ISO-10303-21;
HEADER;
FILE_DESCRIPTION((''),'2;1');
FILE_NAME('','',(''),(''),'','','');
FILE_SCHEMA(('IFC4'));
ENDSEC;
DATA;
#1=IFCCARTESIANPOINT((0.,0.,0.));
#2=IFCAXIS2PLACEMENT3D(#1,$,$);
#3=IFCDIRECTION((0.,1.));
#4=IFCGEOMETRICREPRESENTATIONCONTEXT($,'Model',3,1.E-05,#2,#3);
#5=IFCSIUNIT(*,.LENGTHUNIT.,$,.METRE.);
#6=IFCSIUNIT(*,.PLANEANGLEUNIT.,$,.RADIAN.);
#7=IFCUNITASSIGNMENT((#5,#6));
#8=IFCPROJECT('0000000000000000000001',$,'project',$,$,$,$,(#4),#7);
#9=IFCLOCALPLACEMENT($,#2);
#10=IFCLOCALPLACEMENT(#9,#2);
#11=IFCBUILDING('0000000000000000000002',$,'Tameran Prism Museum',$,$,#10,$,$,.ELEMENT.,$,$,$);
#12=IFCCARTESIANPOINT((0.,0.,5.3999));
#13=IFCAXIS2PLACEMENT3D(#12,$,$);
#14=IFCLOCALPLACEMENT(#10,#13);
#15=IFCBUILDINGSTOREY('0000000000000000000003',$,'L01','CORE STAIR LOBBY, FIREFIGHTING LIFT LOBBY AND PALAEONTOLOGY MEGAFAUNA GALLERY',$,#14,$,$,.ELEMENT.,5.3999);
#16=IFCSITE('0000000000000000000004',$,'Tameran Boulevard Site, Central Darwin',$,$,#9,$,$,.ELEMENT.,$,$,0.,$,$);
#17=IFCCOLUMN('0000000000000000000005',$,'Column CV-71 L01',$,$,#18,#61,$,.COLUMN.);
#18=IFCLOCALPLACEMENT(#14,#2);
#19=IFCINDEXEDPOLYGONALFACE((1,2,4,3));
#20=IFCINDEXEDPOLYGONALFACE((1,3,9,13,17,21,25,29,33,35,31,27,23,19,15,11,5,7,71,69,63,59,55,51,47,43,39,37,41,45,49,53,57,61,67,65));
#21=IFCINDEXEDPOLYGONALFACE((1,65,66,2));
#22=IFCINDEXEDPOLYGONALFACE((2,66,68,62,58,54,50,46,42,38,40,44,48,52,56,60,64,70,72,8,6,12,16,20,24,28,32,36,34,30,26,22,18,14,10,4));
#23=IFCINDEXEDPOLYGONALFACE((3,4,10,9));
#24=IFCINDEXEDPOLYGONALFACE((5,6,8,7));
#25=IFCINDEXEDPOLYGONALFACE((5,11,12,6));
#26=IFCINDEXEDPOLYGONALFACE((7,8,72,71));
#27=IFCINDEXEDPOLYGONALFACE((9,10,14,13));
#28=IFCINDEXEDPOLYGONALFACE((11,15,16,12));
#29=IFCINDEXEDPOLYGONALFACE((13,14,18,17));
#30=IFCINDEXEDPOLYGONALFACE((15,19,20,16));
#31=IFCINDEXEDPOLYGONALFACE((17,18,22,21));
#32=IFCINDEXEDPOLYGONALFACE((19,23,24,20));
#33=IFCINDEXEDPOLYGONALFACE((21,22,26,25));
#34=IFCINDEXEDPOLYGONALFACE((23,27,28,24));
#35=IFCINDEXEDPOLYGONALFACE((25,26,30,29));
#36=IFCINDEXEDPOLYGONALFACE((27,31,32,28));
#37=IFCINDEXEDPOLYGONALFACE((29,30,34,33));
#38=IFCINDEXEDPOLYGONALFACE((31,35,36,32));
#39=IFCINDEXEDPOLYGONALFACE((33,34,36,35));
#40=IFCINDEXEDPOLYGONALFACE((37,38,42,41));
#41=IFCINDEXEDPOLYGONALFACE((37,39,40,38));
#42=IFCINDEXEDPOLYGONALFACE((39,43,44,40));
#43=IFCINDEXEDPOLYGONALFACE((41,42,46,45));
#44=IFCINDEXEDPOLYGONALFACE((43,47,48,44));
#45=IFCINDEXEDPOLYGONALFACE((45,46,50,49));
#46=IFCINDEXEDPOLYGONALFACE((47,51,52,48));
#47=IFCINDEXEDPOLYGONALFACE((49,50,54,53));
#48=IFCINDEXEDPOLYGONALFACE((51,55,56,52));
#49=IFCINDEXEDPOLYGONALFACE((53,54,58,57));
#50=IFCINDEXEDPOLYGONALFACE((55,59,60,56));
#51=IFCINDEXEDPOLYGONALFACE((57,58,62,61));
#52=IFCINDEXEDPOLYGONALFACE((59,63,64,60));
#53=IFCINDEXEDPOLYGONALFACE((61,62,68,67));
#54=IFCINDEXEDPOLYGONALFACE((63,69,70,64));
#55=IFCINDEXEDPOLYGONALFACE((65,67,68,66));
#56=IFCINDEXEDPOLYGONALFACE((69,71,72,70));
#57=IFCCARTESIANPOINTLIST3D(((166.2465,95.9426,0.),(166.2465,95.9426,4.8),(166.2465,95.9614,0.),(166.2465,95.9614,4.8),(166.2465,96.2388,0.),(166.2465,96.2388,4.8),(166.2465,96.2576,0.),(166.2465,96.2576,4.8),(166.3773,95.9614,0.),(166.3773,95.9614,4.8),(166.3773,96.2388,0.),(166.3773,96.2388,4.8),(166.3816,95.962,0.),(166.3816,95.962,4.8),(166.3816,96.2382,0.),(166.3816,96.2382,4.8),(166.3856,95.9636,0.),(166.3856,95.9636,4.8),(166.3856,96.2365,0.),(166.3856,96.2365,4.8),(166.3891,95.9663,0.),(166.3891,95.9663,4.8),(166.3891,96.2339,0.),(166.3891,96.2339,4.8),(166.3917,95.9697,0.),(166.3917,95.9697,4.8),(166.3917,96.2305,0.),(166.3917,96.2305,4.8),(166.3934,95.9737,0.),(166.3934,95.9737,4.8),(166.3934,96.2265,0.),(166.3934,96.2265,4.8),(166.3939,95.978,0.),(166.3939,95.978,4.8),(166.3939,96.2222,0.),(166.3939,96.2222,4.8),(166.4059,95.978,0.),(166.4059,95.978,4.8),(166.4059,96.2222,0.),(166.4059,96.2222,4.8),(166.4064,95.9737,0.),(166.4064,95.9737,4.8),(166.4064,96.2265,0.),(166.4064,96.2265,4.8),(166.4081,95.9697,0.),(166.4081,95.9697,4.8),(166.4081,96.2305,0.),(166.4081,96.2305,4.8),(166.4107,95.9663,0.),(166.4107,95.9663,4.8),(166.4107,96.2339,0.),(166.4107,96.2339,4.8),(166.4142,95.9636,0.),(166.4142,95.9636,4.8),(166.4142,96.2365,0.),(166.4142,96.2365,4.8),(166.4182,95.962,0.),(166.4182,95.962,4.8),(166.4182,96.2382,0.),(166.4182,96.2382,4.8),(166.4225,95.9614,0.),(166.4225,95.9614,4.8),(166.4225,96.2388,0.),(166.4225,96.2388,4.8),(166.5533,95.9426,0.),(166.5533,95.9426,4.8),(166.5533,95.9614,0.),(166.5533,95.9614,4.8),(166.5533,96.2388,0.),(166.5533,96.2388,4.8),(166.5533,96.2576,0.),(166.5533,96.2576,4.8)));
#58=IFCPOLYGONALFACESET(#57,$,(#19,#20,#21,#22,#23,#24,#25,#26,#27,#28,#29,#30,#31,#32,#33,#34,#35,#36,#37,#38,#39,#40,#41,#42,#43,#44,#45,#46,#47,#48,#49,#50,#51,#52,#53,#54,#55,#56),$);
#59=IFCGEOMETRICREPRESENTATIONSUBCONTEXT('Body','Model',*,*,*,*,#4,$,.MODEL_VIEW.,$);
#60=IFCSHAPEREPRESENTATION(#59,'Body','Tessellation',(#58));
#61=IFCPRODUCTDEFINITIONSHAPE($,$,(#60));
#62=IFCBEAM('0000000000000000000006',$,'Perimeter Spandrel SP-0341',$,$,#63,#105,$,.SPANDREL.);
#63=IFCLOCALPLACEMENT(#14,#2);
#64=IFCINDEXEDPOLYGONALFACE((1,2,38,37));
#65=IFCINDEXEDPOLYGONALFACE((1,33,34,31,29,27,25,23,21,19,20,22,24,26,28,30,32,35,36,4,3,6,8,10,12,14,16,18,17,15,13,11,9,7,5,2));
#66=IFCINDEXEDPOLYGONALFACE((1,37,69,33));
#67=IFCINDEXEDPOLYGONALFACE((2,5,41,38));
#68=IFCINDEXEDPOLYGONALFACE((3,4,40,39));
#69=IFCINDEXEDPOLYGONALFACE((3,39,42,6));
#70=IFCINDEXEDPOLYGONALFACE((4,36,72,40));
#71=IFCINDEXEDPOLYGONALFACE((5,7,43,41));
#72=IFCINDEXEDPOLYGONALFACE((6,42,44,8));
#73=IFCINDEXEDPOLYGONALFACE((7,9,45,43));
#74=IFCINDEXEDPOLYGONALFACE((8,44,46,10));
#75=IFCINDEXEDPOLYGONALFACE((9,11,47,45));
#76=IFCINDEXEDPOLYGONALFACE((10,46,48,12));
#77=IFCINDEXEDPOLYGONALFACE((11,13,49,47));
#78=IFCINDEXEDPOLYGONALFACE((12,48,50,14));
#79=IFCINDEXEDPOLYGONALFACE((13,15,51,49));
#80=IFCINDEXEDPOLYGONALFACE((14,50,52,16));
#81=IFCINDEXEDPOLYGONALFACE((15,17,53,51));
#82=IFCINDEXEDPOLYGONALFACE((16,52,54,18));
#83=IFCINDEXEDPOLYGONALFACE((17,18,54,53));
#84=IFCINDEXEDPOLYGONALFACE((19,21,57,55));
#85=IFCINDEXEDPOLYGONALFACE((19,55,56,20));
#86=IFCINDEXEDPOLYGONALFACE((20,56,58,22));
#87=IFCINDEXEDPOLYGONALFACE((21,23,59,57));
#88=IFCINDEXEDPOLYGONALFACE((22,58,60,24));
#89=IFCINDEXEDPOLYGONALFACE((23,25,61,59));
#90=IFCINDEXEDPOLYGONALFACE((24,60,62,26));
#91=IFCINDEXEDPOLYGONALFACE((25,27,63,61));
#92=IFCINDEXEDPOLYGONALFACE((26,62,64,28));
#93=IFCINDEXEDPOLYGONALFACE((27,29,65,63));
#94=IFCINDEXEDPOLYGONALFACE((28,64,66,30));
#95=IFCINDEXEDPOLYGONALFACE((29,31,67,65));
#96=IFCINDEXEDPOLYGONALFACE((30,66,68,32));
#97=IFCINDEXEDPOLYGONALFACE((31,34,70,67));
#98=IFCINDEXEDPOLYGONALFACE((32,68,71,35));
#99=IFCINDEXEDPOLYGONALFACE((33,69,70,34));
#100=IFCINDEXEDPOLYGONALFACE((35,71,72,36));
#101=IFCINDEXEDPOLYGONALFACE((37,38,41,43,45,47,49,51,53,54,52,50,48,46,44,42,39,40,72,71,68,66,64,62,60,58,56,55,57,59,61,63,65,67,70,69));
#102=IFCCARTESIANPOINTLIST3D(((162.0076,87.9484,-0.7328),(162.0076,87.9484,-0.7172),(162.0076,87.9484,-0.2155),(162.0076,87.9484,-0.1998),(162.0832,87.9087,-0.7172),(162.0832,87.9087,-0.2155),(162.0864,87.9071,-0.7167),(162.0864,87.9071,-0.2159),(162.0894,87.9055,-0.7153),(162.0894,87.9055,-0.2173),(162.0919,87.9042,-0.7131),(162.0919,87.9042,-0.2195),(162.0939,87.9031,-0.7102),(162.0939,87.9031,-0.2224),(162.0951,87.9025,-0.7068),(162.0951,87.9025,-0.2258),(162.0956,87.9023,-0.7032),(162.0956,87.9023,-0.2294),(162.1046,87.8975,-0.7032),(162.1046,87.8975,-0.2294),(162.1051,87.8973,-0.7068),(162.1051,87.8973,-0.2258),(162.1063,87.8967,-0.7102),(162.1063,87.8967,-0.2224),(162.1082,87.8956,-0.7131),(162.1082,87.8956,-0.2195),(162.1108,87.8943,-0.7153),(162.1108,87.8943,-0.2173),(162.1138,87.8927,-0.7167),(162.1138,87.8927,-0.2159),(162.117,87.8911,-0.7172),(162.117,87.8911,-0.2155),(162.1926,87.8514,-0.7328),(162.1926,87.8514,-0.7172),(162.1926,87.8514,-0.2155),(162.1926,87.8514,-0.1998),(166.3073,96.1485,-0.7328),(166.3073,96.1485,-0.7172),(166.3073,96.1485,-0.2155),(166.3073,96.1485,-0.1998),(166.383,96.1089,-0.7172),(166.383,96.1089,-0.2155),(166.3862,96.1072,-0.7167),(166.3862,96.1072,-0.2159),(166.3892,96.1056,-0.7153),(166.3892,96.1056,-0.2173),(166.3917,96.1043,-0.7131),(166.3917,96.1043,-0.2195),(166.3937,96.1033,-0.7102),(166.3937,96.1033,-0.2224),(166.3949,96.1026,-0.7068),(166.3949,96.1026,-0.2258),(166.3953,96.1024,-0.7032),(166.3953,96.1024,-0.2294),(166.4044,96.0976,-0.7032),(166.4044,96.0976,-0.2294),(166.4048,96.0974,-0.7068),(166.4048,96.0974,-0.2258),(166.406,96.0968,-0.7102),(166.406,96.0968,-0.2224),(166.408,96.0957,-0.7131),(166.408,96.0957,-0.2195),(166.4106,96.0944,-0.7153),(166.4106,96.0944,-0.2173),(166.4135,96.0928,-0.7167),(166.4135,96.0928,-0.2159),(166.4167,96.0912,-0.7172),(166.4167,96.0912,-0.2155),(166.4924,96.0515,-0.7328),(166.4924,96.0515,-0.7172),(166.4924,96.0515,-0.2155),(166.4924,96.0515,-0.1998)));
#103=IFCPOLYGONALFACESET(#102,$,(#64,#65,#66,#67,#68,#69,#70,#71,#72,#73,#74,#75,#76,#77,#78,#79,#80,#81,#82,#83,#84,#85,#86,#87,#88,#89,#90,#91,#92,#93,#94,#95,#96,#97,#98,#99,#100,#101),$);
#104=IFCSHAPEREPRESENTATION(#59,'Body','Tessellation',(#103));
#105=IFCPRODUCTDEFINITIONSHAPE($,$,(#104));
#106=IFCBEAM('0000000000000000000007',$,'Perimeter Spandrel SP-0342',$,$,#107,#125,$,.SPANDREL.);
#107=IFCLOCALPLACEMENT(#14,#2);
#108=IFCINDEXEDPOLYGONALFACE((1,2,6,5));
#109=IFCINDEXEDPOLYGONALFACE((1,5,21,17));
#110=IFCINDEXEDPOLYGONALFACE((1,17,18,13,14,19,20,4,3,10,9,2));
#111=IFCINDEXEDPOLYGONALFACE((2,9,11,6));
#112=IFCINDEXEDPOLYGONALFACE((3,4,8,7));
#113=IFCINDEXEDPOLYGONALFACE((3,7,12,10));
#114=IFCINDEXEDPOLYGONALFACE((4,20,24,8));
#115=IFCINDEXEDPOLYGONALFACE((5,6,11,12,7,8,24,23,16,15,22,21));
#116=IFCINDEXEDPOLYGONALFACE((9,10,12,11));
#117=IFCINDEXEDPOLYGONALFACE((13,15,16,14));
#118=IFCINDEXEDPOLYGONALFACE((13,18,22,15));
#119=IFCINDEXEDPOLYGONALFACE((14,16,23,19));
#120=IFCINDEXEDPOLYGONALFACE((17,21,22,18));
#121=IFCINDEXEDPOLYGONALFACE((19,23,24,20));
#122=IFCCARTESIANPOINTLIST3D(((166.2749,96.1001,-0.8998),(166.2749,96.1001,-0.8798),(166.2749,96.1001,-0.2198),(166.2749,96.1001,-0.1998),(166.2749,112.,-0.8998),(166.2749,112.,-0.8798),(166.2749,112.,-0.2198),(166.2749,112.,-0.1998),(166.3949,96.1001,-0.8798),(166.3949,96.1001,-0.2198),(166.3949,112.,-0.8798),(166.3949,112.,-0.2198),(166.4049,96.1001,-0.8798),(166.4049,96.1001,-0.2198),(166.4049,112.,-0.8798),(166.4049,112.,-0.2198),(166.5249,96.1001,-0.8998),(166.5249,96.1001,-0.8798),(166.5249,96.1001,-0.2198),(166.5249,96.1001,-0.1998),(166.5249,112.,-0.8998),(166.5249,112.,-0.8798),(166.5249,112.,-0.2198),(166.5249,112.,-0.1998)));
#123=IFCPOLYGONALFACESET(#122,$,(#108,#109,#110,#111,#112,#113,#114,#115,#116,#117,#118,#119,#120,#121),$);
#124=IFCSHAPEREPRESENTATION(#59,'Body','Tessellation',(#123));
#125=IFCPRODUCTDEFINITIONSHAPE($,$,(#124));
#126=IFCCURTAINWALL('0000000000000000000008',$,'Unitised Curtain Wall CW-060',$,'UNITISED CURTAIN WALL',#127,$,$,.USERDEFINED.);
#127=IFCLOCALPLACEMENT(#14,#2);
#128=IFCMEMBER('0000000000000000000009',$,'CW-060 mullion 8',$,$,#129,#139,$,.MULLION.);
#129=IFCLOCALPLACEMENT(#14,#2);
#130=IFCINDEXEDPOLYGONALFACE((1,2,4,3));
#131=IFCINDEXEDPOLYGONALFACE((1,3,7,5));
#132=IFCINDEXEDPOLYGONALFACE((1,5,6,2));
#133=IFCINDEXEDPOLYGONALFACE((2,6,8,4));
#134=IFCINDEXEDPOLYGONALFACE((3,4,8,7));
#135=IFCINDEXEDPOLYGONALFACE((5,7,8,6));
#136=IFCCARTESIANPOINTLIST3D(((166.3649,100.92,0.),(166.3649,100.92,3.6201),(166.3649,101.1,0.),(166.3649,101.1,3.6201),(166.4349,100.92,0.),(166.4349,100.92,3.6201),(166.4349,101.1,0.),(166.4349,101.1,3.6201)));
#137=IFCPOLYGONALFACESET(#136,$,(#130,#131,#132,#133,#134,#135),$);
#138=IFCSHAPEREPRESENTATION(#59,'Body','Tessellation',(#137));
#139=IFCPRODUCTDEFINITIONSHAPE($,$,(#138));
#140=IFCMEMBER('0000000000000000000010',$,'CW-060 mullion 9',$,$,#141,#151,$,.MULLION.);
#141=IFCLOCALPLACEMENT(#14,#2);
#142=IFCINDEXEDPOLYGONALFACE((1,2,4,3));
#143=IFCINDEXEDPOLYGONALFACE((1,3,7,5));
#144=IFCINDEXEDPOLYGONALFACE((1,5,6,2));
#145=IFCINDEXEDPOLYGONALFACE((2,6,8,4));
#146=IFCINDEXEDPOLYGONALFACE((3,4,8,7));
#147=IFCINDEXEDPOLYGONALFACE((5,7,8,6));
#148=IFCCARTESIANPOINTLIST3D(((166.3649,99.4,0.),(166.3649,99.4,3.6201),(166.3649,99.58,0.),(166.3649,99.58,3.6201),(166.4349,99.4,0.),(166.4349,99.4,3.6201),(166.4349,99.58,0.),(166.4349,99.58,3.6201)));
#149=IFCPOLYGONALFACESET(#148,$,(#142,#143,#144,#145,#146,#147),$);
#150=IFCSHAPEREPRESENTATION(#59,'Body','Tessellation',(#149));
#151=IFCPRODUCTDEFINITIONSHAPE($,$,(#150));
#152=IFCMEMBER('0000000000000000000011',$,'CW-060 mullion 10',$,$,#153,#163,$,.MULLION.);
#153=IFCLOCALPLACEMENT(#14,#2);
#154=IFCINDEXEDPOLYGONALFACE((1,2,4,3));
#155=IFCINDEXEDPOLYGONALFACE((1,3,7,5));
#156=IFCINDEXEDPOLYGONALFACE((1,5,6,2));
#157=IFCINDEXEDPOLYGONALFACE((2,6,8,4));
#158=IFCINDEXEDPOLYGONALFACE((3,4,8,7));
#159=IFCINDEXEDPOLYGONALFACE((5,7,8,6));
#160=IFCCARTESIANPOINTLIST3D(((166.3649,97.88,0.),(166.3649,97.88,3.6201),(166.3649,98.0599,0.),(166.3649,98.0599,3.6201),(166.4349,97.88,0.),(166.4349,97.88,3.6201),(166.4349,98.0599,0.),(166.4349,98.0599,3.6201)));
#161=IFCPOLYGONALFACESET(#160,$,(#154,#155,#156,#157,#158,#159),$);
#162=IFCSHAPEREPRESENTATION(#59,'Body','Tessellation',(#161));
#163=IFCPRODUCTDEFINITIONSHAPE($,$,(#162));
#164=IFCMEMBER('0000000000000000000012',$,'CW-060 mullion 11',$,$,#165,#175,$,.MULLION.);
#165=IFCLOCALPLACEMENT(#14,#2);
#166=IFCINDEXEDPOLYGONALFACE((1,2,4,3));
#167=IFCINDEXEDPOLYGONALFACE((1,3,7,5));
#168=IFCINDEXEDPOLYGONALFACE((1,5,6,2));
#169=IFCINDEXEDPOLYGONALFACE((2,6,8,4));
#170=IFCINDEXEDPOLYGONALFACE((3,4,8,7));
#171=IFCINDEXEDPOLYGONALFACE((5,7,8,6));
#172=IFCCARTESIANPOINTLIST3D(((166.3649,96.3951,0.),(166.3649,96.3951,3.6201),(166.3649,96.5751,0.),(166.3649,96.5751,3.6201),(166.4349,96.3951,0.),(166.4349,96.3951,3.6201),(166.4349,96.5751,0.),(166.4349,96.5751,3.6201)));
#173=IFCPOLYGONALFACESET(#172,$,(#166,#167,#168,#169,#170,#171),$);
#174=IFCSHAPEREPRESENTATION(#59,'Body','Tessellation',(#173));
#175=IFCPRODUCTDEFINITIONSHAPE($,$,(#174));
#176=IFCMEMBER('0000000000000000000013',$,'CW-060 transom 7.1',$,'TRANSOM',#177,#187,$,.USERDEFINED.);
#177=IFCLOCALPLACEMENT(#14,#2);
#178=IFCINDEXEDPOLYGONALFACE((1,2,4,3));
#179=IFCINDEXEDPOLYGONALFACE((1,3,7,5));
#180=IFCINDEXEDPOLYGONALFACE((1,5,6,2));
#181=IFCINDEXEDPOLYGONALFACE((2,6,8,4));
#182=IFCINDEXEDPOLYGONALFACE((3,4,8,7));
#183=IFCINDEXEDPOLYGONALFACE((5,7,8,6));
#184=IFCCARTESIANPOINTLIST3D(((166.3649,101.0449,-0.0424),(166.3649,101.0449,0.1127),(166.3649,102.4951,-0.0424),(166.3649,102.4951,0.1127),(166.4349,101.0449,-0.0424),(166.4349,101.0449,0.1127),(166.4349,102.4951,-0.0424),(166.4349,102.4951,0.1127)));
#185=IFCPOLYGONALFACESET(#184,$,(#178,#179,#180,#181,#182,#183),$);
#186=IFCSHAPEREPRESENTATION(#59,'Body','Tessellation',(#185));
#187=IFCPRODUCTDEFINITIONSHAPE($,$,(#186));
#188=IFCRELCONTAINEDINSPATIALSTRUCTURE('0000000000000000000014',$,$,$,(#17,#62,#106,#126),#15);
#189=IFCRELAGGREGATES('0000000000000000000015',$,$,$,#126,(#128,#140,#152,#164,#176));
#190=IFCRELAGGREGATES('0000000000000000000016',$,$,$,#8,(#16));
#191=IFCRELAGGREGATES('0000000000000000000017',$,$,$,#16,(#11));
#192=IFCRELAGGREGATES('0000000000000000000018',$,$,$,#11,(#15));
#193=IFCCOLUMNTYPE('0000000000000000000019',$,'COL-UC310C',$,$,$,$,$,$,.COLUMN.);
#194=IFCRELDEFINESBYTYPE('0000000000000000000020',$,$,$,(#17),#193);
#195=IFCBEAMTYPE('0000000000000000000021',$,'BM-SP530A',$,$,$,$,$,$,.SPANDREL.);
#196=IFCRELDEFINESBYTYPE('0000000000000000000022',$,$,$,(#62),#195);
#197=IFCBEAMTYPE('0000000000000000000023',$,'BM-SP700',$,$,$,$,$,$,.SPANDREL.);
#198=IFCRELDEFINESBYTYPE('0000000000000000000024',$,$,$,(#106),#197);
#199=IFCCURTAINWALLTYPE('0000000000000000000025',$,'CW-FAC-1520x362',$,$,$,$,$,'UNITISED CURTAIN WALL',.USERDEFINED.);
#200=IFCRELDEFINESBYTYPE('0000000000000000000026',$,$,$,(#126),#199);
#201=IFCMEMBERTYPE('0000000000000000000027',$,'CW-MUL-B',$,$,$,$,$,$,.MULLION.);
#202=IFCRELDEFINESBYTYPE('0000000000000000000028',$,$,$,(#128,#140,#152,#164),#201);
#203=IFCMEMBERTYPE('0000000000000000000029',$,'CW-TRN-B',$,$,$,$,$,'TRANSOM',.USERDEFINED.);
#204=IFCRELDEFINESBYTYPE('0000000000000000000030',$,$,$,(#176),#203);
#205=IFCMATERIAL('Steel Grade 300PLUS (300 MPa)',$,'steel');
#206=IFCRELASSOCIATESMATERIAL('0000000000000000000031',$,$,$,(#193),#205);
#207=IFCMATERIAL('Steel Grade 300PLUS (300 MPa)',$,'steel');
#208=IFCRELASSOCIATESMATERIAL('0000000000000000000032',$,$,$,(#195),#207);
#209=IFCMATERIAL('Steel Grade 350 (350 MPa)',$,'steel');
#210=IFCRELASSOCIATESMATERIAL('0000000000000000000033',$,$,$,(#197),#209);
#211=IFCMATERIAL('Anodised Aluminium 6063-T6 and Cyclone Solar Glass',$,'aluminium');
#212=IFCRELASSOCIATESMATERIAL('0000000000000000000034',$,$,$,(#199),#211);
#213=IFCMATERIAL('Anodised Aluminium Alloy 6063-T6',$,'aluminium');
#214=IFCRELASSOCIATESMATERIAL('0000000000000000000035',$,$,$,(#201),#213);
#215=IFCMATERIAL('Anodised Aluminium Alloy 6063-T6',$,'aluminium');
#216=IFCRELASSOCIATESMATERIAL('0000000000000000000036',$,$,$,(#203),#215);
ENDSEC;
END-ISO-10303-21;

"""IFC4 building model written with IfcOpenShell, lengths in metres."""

from ifc_helpers import new_model, si_unit, direction, frame, origin, origin_2d, place, context, subcontext, project, spatial, rectangle, i_section, extrude, material, material_profile, profile_set, type_object, element, aggregate, save


model = new_model("IFC4")

# Units and contexts
model_context = context("Model", 3, precision=1e-05, world=origin(), true_north=direction((0.0, 1.0)))
body_context = subcontext(model_context, "Body", "Model", "MODEL_VIEW")
ifc_project = project(units=[si_unit("LENGTHUNIT", "METRE"), si_unit("PLANEANGLEUNIT", "RADIAN")], contexts=[model_context])

# Site, building, storey
site_placement = place(None, origin())
site = spatial("IfcSite", under=ifc_project, at=site_placement, Name="Tameran Boulevard Site, Central Darwin", CompositionType="ELEMENT", RefElevation=0.0)
building_placement = place(site_placement, origin())
building = spatial("IfcBuilding", under=site, at=building_placement, Name="Tameran Prism Museum", CompositionType="ELEMENT")
storey_placement = place(building_placement, frame((0.0, 0.0, 5.3999)))
storey = spatial("IfcBuildingStorey", under=building, at=storey_placement, Name="L01", Description="CORE STAIR LOBBY, FIREFIGHTING LIFT LOBBY AND PALAEONTOLOGY MEGAFAUNA GALLERY", CompositionType="ELEMENT", Elevation=5.3999)

# Column
ifc_material_1 = material(Name="Steel Grade 300PLUS (300 MPa)", Category="steel")
ifc_material_profile_1 = material_profile(ifc_material_1, i_section(OverallWidth=0.3069, OverallDepth=0.3149, WebThickness=0.012, FlangeThickness=0.0188, FilletRadius=0.0166, at=origin_2d()))
ifc_profile_set_1 = profile_set([ifc_material_profile_1])
column_type = type_object("IfcColumnType", Name="COL-UC310C", PredefinedType="COLUMN", material=ifc_profile_set_1)
column_placement = place(storey_placement, frame((166.3999, 96.1001, 0.0), z_axis=(0.0, 0.0, 1.0), x_axis=(1.0, 0.0, 0.0)))
element("IfcColumn", 1, at=column_placement, inside=storey, type_object=column_type, Name="Column CV-71 L01", PredefinedType="COLUMN", context=body_context, shape_type="SweptSolid", body=[
    extrude(i_section(OverallWidth=0.3069, OverallDepth=0.3149, WebThickness=0.012, FlangeThickness=0.0188, FilletRadius=0.0166, at=origin_2d()), origin(), (0.0, 0.0, 1.0), 4.8),
])

# Beams
ifc_material_2 = material(Name="Steel Grade 300PLUS (300 MPa)", Category="steel")
ifc_material_profile_2 = material_profile(ifc_material_2, i_section(OverallWidth=0.209, OverallDepth=0.533, WebThickness=0.0103, FlangeThickness=0.0156, FilletRadius=0.0139, at=origin_2d()))
ifc_profile_set_2 = profile_set([ifc_material_profile_2])
beam_type_1 = type_object("IfcBeamType", Name="BM-SP530A", PredefinedType="SPANDREL", material=ifc_profile_set_2)
beam_1_placement = place(storey_placement, frame((162.1001, 87.8999, -0.4663), z_axis=(0.464385, 0.885633, 0.0), x_axis=(-0.885633, 0.464385, 0.0)))
element("IfcBeam", 2, at=beam_1_placement, inside=storey, type_object=beam_type_1, Name="Perimeter Spandrel SP-0341", PredefinedType="SPANDREL", context=body_context, shape_type="SweptSolid", body=[
    extrude(i_section(OverallWidth=0.209, OverallDepth=0.533, WebThickness=0.0103, FlangeThickness=0.0156, FilletRadius=0.0139, at=origin_2d()), origin(), (0.0, 0.0, 1.0), 9.259),
])
ifc_material_3 = material(Name="Steel Grade 350 (350 MPa)", Category="steel")
ifc_material_profile_3 = material_profile(ifc_material_3, i_section(OverallWidth=0.25, OverallDepth=0.7, WebThickness=0.01, FlangeThickness=0.02, at=origin_2d()))
ifc_profile_set_3 = profile_set([ifc_material_profile_3])
beam_type_2 = type_object("IfcBeamType", Name="BM-SP700", PredefinedType="SPANDREL", material=ifc_profile_set_3)
beam_2_placement = place(storey_placement, frame((166.3999, 96.1001, -0.5498), z_axis=(0.0, 1.0, 0.0), x_axis=(-1.0, 0.0, 0.0)))
element("IfcBeam", 3, at=beam_2_placement, inside=storey, type_object=beam_type_2, Name="Perimeter Spandrel SP-0342", PredefinedType="SPANDREL", context=body_context, shape_type="SweptSolid", body=[
    extrude(i_section(OverallWidth=0.25, OverallDepth=0.7, WebThickness=0.01, FlangeThickness=0.02, at=origin_2d()), origin(), (0.0, 0.0, 1.0), 15.8999),
])

# Curtain wall, members
ifc_material_4 = material(Name="Anodised Aluminium 6063-T6 and Cyclone Solar Glass", Category="aluminium")
curtain_wall_type = type_object("IfcCurtainWallType", Name="CW-FAC-1520x362", ElementType="UNITISED CURTAIN WALL", PredefinedType="USERDEFINED", material=ifc_material_4)
curtain_wall_placement = place(storey_placement, origin())
curtain_wall = element("IfcCurtainWall", 4, at=curtain_wall_placement, inside=storey, type_object=curtain_wall_type, Name="Unitised Curtain Wall CW-060", ObjectType="UNITISED CURTAIN WALL", PredefinedType="USERDEFINED")
ifc_material_5 = material(Name="Anodised Aluminium Alloy 6063-T6", Category="aluminium")
ifc_material_profile_4 = material_profile(ifc_material_5, rectangle(XDim=0.0701, YDim=0.1799, at=origin_2d()))
ifc_profile_set_4 = profile_set([ifc_material_profile_4])
member_type_1 = type_object("IfcMemberType", Name="CW-MUL-B", PredefinedType="MULLION", material=ifc_profile_set_4)
member_1_placement = place(storey_placement, frame((166.3999, 101.01, 0.0), z_axis=(0.0, 0.0, 1.0), x_axis=(1.0, 0.0, 0.0)))
member_1 = element("IfcMember", 5, at=member_1_placement, type_object=member_type_1, Name="CW-060 mullion 8", PredefinedType="MULLION", context=body_context, shape_type="SweptSolid", body=[
    extrude(rectangle(XDim=0.0701, YDim=0.1799, at=origin_2d()), origin(), (0.0, 0.0, 1.0), 3.6201),
])
member_2_placement = place(storey_placement, frame((166.3999, 99.49, 0.0), z_axis=(0.0, 0.0, 1.0), x_axis=(1.0, 0.0, 0.0)))
member_2 = element("IfcMember", 6, at=member_2_placement, type_object=member_type_1, Name="CW-060 mullion 9", PredefinedType="MULLION", context=body_context, shape_type="SweptSolid", body=[
    extrude(rectangle(XDim=0.0701, YDim=0.1799, at=origin_2d()), origin(), (0.0, 0.0, 1.0), 3.6201),
])
member_3_placement = place(storey_placement, frame((166.3999, 97.97, 0.0), z_axis=(0.0, 0.0, 1.0), x_axis=(1.0, 0.0, 0.0)))
member_3 = element("IfcMember", 7, at=member_3_placement, type_object=member_type_1, Name="CW-060 mullion 10", PredefinedType="MULLION", context=body_context, shape_type="SweptSolid", body=[
    extrude(rectangle(XDim=0.0701, YDim=0.1799, at=origin_2d()), origin(), (0.0, 0.0, 1.0), 3.6201),
])
member_4_placement = place(storey_placement, frame((166.3999, 96.4851, 0.0), z_axis=(0.0, 0.0, 1.0), x_axis=(1.0, 0.0, 0.0)))
member_4 = element("IfcMember", 8, at=member_4_placement, type_object=member_type_1, Name="CW-060 mullion 11", PredefinedType="MULLION", context=body_context, shape_type="SweptSolid", body=[
    extrude(rectangle(XDim=0.0701, YDim=0.1799, at=origin_2d()), origin(), (0.0, 0.0, 1.0), 3.6201),
])
ifc_material_6 = material(Name="Anodised Aluminium Alloy 6063-T6", Category="aluminium")
ifc_material_profile_5 = material_profile(ifc_material_6, rectangle(XDim=0.0701, YDim=0.155, at=origin_2d()))
ifc_profile_set_5 = profile_set([ifc_material_profile_5])
member_type_2 = type_object("IfcMemberType", Name="CW-TRN-B", ElementType="TRANSOM", PredefinedType="USERDEFINED", material=ifc_profile_set_5)
member_5_placement = place(storey_placement, frame((166.3999, 102.4951, 0.0352), z_axis=(0.0, -1.0, 0.0), x_axis=(1.0, 0.0, 0.0)))
member_5 = element("IfcMember", 9, at=member_5_placement, type_object=member_type_2, Name="CW-060 transom 7.1", ObjectType="TRANSOM", PredefinedType="USERDEFINED", context=body_context, shape_type="SweptSolid", body=[
    extrude(rectangle(XDim=0.0701, YDim=0.155, at=origin_2d()), origin(), (0.0, 0.0, 1.0), 1.4502),
])
aggregate(curtain_wall, [member_1, member_2, member_3, member_4, member_5])

save(model, "model.ifc")
